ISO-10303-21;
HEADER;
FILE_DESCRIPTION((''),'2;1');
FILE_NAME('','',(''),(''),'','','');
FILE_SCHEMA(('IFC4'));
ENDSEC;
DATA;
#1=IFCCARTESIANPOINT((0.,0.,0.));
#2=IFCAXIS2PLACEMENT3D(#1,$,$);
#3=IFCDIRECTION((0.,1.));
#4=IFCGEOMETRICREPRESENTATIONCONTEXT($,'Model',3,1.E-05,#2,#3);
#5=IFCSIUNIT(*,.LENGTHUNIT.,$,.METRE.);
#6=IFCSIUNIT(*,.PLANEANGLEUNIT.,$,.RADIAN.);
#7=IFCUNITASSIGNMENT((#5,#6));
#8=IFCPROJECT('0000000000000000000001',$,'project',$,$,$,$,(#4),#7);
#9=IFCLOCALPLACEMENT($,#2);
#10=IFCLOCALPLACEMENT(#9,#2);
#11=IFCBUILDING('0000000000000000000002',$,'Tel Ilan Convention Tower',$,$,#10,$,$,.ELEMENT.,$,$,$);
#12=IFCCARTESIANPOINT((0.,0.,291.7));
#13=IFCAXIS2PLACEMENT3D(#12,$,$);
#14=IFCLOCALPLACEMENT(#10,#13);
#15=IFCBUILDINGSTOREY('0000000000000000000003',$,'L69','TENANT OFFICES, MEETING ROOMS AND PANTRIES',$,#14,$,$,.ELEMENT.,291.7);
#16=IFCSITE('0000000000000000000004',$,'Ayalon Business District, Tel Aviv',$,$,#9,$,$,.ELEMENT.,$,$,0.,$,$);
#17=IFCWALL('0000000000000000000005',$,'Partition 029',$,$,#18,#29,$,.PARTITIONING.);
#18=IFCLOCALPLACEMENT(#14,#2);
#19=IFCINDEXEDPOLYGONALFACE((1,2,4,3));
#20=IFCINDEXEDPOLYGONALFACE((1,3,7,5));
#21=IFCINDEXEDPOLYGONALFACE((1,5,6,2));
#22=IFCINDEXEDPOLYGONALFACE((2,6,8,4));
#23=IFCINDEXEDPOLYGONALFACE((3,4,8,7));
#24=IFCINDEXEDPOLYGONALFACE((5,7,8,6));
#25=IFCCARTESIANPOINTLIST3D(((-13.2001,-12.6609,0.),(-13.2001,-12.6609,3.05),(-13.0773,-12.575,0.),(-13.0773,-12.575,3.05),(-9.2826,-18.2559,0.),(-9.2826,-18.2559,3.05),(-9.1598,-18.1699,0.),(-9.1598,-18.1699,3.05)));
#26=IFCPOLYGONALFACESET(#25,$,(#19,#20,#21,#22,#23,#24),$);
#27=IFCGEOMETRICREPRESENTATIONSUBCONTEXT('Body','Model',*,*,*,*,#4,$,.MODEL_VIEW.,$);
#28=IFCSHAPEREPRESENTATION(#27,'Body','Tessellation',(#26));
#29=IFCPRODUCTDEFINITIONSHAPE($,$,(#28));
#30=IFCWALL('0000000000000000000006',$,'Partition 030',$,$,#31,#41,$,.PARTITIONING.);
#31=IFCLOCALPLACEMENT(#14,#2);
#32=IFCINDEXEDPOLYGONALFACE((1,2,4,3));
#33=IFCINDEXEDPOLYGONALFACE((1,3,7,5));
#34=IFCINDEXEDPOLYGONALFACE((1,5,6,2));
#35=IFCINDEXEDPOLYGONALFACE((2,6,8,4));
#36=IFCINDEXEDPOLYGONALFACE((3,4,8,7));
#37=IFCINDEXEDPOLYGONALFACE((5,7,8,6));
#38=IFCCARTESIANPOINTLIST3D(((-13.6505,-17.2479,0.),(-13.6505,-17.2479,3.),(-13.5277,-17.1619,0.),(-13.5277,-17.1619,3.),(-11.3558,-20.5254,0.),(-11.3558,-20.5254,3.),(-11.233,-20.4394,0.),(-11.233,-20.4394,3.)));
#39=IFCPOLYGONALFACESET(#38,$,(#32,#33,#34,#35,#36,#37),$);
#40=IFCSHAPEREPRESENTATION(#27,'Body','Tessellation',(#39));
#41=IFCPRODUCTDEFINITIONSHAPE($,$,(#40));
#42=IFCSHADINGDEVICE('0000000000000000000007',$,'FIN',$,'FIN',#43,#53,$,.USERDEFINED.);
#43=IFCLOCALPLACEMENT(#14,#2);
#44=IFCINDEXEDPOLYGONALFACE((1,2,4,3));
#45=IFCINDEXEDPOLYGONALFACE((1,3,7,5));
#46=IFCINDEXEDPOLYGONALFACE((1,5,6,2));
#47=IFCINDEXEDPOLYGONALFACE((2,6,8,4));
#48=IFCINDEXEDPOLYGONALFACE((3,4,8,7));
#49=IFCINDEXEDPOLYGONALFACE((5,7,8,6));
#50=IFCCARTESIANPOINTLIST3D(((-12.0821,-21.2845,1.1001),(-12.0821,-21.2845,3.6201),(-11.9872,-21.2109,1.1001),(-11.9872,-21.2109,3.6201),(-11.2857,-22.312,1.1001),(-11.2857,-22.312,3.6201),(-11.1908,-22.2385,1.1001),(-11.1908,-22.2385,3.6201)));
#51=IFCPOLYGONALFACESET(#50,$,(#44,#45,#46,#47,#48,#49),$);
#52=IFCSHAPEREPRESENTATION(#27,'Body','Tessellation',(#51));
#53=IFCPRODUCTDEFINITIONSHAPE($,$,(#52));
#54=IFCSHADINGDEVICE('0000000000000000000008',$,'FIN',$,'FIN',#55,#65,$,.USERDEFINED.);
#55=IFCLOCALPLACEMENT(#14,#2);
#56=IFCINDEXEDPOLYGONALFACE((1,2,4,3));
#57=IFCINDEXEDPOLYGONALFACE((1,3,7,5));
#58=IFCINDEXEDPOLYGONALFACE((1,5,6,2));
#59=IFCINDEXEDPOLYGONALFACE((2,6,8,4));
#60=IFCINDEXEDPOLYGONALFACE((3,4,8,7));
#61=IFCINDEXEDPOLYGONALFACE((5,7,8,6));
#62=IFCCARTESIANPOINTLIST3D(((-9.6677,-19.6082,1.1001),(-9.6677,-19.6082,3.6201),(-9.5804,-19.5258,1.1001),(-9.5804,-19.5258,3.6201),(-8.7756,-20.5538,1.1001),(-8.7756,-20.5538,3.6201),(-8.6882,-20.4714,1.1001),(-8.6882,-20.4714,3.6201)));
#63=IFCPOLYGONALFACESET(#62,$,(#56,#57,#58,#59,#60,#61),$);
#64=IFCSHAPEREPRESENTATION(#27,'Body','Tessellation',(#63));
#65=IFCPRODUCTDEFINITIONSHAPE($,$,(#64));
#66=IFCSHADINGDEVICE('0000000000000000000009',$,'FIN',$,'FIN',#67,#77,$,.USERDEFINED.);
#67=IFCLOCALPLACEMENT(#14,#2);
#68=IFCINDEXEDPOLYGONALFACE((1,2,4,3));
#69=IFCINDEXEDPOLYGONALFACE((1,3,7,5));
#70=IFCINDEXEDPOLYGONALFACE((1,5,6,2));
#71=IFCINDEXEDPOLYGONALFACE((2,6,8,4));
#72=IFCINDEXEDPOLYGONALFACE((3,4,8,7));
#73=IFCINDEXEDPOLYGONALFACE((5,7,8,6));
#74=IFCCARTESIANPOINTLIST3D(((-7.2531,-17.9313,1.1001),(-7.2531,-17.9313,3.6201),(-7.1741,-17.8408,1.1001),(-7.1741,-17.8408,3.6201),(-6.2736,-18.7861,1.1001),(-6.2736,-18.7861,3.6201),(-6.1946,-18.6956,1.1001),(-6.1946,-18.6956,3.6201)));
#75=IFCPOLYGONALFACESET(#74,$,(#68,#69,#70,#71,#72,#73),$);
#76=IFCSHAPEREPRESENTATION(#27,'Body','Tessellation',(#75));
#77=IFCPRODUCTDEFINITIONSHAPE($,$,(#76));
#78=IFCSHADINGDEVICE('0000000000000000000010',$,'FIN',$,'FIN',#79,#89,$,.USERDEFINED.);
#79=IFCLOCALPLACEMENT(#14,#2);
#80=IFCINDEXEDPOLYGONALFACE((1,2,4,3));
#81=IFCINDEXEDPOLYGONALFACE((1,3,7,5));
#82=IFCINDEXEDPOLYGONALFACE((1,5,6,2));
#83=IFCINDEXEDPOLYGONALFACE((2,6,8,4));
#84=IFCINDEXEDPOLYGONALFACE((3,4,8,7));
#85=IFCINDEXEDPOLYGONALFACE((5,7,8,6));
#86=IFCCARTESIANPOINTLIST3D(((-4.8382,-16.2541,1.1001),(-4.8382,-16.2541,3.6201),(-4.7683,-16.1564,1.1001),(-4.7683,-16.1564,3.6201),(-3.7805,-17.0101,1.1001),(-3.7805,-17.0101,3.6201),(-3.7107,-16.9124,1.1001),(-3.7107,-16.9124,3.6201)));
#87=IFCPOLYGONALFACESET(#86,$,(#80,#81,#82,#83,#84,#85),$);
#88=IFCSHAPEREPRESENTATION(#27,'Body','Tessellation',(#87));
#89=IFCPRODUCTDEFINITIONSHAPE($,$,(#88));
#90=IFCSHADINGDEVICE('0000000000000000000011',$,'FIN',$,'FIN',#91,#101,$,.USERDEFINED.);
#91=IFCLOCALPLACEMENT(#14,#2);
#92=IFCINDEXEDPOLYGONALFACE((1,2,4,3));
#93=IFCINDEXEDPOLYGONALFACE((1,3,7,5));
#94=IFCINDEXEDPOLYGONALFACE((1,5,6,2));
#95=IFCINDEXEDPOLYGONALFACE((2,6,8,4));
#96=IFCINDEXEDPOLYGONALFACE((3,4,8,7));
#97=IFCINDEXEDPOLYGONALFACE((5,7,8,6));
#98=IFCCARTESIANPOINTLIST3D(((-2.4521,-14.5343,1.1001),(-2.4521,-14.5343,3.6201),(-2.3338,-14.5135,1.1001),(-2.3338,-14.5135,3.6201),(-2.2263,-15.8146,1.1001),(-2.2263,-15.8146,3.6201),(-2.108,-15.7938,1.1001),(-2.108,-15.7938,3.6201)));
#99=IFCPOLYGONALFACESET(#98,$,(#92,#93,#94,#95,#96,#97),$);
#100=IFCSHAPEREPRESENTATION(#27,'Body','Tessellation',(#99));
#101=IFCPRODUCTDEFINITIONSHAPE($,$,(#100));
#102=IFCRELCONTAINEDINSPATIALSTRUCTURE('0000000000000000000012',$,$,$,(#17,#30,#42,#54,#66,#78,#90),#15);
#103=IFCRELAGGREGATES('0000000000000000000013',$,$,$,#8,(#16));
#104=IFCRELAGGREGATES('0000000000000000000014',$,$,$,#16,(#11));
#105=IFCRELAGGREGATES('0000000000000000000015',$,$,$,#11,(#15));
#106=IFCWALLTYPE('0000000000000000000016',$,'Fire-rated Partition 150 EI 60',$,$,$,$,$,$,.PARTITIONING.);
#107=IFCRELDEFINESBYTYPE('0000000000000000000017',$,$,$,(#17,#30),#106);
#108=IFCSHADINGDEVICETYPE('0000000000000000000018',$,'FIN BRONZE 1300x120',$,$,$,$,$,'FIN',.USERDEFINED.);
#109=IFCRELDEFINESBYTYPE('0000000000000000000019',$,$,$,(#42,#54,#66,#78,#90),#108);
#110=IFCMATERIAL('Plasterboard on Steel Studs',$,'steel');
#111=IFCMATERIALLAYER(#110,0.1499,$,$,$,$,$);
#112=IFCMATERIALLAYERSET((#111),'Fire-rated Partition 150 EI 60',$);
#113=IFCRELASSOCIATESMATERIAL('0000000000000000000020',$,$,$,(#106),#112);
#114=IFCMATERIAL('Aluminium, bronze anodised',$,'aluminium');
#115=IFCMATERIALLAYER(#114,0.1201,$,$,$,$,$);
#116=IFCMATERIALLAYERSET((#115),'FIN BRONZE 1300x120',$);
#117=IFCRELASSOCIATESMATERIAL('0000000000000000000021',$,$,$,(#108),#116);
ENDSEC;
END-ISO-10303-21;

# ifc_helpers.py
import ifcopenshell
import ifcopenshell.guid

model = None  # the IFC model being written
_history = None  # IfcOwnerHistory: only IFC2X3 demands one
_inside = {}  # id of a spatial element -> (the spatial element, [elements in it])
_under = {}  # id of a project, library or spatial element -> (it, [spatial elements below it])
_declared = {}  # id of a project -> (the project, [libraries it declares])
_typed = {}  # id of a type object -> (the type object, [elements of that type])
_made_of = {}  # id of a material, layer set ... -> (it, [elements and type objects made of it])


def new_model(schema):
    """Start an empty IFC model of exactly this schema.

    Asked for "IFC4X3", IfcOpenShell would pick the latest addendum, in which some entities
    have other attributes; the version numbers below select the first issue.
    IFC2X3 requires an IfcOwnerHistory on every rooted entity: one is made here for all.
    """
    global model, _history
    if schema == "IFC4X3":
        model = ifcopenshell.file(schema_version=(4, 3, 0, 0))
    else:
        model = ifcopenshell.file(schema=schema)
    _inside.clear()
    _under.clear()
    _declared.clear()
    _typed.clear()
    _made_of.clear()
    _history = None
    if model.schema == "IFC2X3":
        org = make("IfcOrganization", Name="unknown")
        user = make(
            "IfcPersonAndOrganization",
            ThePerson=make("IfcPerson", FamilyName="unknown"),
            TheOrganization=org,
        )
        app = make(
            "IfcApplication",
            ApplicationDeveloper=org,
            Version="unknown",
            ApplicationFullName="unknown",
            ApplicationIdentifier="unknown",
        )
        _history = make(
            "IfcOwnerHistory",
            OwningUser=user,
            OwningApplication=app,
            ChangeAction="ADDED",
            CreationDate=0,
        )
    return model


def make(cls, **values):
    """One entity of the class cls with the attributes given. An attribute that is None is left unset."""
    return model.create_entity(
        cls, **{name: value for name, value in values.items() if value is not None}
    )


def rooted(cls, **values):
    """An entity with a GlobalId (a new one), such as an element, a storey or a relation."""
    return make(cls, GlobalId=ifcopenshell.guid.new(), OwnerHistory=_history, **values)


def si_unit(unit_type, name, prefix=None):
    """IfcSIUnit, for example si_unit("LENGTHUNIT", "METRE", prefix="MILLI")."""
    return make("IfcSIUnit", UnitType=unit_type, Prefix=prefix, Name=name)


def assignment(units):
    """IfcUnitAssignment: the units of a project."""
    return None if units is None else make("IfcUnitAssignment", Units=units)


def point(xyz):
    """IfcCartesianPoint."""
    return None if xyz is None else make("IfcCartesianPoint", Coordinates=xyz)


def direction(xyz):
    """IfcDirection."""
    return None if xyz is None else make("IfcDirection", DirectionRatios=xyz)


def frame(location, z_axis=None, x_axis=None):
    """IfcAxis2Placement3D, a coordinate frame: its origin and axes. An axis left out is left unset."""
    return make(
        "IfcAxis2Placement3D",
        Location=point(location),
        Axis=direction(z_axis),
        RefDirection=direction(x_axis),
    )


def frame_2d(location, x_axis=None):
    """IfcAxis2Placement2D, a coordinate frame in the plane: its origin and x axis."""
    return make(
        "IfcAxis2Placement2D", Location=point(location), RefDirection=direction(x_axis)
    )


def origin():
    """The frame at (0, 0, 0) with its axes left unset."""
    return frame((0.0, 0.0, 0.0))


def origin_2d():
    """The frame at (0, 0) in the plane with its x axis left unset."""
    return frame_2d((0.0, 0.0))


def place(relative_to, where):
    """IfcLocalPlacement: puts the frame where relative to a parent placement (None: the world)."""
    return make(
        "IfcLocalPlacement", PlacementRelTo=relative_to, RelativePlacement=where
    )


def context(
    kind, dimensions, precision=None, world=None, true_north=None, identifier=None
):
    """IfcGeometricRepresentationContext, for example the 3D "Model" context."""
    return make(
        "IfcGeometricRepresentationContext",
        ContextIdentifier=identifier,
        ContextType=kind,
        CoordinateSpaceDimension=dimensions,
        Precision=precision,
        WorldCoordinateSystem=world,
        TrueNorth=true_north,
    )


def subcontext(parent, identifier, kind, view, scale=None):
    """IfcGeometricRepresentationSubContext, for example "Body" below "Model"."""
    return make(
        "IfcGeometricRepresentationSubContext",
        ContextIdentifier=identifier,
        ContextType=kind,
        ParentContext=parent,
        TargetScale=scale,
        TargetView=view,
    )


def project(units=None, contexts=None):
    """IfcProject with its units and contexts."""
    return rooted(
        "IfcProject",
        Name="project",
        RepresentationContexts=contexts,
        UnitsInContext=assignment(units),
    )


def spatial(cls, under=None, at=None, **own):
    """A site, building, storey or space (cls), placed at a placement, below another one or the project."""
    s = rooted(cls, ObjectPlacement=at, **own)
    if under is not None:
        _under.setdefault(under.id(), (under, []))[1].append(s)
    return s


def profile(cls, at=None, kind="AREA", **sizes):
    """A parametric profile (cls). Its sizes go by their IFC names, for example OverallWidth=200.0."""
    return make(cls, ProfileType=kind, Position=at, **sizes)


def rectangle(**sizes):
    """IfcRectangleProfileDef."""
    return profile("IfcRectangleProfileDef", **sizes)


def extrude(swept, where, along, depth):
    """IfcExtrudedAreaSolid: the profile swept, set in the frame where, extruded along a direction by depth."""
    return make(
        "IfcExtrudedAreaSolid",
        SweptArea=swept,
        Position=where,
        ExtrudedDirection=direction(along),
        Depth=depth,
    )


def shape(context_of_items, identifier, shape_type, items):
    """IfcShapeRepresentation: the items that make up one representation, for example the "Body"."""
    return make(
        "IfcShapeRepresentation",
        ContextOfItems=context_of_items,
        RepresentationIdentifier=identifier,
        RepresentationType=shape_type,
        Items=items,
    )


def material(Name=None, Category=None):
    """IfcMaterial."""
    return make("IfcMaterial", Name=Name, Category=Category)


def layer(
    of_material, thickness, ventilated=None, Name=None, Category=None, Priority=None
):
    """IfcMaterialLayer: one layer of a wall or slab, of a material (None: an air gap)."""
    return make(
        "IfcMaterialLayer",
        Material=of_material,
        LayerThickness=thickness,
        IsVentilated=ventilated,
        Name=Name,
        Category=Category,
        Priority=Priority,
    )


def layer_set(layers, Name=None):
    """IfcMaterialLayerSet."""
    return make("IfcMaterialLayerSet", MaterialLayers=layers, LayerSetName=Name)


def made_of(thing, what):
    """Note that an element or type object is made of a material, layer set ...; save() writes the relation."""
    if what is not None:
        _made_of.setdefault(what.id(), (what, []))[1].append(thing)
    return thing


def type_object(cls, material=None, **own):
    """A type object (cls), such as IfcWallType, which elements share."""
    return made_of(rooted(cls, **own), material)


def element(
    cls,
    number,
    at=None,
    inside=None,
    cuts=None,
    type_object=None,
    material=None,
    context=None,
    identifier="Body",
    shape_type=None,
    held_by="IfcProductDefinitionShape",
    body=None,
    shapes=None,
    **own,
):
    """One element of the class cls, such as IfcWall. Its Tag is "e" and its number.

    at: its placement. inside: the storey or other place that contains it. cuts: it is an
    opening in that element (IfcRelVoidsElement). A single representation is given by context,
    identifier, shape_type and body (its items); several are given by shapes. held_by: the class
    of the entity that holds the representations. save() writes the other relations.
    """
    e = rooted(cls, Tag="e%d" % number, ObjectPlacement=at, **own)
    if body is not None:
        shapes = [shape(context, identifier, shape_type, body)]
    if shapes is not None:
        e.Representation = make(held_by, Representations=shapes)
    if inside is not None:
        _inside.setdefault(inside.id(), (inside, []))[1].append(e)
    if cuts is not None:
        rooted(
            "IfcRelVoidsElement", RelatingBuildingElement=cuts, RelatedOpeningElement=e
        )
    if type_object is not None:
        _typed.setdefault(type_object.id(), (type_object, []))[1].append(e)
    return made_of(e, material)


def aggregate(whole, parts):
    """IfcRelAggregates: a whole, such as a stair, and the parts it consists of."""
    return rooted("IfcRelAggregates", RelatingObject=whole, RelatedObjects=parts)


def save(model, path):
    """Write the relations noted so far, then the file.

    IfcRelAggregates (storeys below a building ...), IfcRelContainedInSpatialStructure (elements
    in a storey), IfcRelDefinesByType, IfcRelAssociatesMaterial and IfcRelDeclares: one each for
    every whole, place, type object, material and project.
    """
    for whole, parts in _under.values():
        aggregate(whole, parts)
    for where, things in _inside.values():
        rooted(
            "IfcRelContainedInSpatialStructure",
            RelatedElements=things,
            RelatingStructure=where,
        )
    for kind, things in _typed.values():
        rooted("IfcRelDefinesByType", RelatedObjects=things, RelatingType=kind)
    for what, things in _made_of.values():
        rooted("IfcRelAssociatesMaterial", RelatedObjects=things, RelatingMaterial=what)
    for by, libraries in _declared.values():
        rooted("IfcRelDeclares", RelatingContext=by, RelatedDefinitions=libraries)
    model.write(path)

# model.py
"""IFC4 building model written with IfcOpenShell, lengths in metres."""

from ifc_helpers import new_model, si_unit, direction, frame, frame_2d, origin, origin_2d, place, context, subcontext, project, spatial, rectangle, extrude, material, layer, layer_set, type_object, element, save


model = new_model("IFC4")

# Units and contexts
model_context = context("Model", 3, precision=1e-05, world=origin(), true_north=direction((0.0, 1.0)))
body_context = subcontext(model_context, "Body", "Model", "MODEL_VIEW")
ifc_project = project(units=[si_unit("LENGTHUNIT", "METRE"), si_unit("PLANEANGLEUNIT", "RADIAN")], contexts=[model_context])

# Site, building, storey
site_placement = place(None, origin())
site = spatial("IfcSite", under=ifc_project, at=site_placement, Name="Ayalon Business District, Tel Aviv", CompositionType="ELEMENT", RefElevation=0.0)
building_placement = place(site_placement, origin())
building = spatial("IfcBuilding", under=site, at=building_placement, Name="Tel Ilan Convention Tower", CompositionType="ELEMENT")
storey_placement = place(building_placement, frame((0.0, 0.0, 291.7)))
storey = spatial("IfcBuildingStorey", under=building, at=storey_placement, Name="L69", Description="TENANT OFFICES, MEETING ROOMS AND PANTRIES", CompositionType="ELEMENT", Elevation=291.7)

# Walls
ifc_material_1 = material(Name="Plasterboard on Steel Studs", Category="steel")
ifc_layer_1 = layer(ifc_material_1, 0.1499)
ifc_layer_set_1 = layer_set([ifc_layer_1], Name="Fire-rated Partition 150 EI 60")
wall_type = type_object("IfcWallType", Name="Fire-rated Partition 150 EI 60", PredefinedType="PARTITIONING", material=ifc_layer_set_1)
wall_1_placement = place(storey_placement, frame((-9.2212, -18.2129, 0.0), z_axis=(0.0, 0.0, 1.0), x_axis=(-0.573561, 0.819163, 0.0)))
element("IfcWall", 1, at=wall_1_placement, inside=storey, type_object=wall_type, Name="Partition 029", PredefinedType="PARTITIONING", context=body_context, shape_type="SweptSolid", body=[
    extrude(rectangle(XDim=6.8301, YDim=0.1499, at=frame_2d((3.415, 0.0))), origin(), (0.0, 0.0, 1.0), 3.05),
])
wall_2_placement = place(storey_placement, frame((-11.2944, -20.4824, 0.0), z_axis=(0.0, 0.0, 1.0), x_axis=(-0.573524, 0.819189, 0.0)))
element("IfcWall", 2, at=wall_2_placement, inside=storey, type_object=wall_type, Name="Partition 030", PredefinedType="PARTITIONING", context=body_context, shape_type="SweptSolid", body=[
    extrude(rectangle(XDim=4.001, YDim=0.1499, at=frame_2d((2.0005, 0.0))), origin(), (0.0, 0.0, 1.0), 3.0),
])

# Shading devices
ifc_material_2 = material(Name="Aluminium, bronze anodised", Category="aluminium")
ifc_layer_2 = layer(ifc_material_2, 0.1201)
ifc_layer_set_2 = layer_set([ifc_layer_2], Name="FIN BRONZE 1300x120")
shading_device_type = type_object("IfcShadingDeviceType", Name="FIN BRONZE 1300x120", ElementType="FIN", PredefinedType="USERDEFINED", material=ifc_layer_set_2)
for number, where, z_axis, x_axis, name in (
    (3, (-11.6365, -21.7615, 1.1001), (0.0, 0.0, 1.0), (0.612601, -0.790393, 0.0), "FIN"),
    (4, (-9.178, -20.0398, 1.1001), (0.0, 0.0, 1.0), (0.686242, -0.727374, 0.0), "FIN"),
    (5, (-6.7239, -18.3135, 1.1001), (0.0, 0.0, 1.0), (0.753436, -0.657521, 0.0), "FIN"),
    (6, (-4.2744, -16.5833, 1.1001), (0.0, 0.0, 1.0), (0.813552, -0.581492, 0.0), "FIN"),
    (7, (-2.28, -15.1641, 1.1001), (0.0, 0.0, 1.0), (0.173648, -0.984808, 0.0), "FIN"),
):
    element("IfcShadingDevice", number, at=place(storey_placement, frame(where, z_axis=z_axis, x_axis=x_axis)), inside=storey, type_object=shading_device_type, Name=name, ObjectType="FIN", PredefinedType="USERDEFINED", context=body_context, shape_type="SweptSolid", body=[
        extrude(rectangle(XDim=1.3, YDim=0.1201, at=origin_2d()), origin(), (0.0, 0.0, 1.0), 2.52),
    ])

save(model, "model.ifc")
